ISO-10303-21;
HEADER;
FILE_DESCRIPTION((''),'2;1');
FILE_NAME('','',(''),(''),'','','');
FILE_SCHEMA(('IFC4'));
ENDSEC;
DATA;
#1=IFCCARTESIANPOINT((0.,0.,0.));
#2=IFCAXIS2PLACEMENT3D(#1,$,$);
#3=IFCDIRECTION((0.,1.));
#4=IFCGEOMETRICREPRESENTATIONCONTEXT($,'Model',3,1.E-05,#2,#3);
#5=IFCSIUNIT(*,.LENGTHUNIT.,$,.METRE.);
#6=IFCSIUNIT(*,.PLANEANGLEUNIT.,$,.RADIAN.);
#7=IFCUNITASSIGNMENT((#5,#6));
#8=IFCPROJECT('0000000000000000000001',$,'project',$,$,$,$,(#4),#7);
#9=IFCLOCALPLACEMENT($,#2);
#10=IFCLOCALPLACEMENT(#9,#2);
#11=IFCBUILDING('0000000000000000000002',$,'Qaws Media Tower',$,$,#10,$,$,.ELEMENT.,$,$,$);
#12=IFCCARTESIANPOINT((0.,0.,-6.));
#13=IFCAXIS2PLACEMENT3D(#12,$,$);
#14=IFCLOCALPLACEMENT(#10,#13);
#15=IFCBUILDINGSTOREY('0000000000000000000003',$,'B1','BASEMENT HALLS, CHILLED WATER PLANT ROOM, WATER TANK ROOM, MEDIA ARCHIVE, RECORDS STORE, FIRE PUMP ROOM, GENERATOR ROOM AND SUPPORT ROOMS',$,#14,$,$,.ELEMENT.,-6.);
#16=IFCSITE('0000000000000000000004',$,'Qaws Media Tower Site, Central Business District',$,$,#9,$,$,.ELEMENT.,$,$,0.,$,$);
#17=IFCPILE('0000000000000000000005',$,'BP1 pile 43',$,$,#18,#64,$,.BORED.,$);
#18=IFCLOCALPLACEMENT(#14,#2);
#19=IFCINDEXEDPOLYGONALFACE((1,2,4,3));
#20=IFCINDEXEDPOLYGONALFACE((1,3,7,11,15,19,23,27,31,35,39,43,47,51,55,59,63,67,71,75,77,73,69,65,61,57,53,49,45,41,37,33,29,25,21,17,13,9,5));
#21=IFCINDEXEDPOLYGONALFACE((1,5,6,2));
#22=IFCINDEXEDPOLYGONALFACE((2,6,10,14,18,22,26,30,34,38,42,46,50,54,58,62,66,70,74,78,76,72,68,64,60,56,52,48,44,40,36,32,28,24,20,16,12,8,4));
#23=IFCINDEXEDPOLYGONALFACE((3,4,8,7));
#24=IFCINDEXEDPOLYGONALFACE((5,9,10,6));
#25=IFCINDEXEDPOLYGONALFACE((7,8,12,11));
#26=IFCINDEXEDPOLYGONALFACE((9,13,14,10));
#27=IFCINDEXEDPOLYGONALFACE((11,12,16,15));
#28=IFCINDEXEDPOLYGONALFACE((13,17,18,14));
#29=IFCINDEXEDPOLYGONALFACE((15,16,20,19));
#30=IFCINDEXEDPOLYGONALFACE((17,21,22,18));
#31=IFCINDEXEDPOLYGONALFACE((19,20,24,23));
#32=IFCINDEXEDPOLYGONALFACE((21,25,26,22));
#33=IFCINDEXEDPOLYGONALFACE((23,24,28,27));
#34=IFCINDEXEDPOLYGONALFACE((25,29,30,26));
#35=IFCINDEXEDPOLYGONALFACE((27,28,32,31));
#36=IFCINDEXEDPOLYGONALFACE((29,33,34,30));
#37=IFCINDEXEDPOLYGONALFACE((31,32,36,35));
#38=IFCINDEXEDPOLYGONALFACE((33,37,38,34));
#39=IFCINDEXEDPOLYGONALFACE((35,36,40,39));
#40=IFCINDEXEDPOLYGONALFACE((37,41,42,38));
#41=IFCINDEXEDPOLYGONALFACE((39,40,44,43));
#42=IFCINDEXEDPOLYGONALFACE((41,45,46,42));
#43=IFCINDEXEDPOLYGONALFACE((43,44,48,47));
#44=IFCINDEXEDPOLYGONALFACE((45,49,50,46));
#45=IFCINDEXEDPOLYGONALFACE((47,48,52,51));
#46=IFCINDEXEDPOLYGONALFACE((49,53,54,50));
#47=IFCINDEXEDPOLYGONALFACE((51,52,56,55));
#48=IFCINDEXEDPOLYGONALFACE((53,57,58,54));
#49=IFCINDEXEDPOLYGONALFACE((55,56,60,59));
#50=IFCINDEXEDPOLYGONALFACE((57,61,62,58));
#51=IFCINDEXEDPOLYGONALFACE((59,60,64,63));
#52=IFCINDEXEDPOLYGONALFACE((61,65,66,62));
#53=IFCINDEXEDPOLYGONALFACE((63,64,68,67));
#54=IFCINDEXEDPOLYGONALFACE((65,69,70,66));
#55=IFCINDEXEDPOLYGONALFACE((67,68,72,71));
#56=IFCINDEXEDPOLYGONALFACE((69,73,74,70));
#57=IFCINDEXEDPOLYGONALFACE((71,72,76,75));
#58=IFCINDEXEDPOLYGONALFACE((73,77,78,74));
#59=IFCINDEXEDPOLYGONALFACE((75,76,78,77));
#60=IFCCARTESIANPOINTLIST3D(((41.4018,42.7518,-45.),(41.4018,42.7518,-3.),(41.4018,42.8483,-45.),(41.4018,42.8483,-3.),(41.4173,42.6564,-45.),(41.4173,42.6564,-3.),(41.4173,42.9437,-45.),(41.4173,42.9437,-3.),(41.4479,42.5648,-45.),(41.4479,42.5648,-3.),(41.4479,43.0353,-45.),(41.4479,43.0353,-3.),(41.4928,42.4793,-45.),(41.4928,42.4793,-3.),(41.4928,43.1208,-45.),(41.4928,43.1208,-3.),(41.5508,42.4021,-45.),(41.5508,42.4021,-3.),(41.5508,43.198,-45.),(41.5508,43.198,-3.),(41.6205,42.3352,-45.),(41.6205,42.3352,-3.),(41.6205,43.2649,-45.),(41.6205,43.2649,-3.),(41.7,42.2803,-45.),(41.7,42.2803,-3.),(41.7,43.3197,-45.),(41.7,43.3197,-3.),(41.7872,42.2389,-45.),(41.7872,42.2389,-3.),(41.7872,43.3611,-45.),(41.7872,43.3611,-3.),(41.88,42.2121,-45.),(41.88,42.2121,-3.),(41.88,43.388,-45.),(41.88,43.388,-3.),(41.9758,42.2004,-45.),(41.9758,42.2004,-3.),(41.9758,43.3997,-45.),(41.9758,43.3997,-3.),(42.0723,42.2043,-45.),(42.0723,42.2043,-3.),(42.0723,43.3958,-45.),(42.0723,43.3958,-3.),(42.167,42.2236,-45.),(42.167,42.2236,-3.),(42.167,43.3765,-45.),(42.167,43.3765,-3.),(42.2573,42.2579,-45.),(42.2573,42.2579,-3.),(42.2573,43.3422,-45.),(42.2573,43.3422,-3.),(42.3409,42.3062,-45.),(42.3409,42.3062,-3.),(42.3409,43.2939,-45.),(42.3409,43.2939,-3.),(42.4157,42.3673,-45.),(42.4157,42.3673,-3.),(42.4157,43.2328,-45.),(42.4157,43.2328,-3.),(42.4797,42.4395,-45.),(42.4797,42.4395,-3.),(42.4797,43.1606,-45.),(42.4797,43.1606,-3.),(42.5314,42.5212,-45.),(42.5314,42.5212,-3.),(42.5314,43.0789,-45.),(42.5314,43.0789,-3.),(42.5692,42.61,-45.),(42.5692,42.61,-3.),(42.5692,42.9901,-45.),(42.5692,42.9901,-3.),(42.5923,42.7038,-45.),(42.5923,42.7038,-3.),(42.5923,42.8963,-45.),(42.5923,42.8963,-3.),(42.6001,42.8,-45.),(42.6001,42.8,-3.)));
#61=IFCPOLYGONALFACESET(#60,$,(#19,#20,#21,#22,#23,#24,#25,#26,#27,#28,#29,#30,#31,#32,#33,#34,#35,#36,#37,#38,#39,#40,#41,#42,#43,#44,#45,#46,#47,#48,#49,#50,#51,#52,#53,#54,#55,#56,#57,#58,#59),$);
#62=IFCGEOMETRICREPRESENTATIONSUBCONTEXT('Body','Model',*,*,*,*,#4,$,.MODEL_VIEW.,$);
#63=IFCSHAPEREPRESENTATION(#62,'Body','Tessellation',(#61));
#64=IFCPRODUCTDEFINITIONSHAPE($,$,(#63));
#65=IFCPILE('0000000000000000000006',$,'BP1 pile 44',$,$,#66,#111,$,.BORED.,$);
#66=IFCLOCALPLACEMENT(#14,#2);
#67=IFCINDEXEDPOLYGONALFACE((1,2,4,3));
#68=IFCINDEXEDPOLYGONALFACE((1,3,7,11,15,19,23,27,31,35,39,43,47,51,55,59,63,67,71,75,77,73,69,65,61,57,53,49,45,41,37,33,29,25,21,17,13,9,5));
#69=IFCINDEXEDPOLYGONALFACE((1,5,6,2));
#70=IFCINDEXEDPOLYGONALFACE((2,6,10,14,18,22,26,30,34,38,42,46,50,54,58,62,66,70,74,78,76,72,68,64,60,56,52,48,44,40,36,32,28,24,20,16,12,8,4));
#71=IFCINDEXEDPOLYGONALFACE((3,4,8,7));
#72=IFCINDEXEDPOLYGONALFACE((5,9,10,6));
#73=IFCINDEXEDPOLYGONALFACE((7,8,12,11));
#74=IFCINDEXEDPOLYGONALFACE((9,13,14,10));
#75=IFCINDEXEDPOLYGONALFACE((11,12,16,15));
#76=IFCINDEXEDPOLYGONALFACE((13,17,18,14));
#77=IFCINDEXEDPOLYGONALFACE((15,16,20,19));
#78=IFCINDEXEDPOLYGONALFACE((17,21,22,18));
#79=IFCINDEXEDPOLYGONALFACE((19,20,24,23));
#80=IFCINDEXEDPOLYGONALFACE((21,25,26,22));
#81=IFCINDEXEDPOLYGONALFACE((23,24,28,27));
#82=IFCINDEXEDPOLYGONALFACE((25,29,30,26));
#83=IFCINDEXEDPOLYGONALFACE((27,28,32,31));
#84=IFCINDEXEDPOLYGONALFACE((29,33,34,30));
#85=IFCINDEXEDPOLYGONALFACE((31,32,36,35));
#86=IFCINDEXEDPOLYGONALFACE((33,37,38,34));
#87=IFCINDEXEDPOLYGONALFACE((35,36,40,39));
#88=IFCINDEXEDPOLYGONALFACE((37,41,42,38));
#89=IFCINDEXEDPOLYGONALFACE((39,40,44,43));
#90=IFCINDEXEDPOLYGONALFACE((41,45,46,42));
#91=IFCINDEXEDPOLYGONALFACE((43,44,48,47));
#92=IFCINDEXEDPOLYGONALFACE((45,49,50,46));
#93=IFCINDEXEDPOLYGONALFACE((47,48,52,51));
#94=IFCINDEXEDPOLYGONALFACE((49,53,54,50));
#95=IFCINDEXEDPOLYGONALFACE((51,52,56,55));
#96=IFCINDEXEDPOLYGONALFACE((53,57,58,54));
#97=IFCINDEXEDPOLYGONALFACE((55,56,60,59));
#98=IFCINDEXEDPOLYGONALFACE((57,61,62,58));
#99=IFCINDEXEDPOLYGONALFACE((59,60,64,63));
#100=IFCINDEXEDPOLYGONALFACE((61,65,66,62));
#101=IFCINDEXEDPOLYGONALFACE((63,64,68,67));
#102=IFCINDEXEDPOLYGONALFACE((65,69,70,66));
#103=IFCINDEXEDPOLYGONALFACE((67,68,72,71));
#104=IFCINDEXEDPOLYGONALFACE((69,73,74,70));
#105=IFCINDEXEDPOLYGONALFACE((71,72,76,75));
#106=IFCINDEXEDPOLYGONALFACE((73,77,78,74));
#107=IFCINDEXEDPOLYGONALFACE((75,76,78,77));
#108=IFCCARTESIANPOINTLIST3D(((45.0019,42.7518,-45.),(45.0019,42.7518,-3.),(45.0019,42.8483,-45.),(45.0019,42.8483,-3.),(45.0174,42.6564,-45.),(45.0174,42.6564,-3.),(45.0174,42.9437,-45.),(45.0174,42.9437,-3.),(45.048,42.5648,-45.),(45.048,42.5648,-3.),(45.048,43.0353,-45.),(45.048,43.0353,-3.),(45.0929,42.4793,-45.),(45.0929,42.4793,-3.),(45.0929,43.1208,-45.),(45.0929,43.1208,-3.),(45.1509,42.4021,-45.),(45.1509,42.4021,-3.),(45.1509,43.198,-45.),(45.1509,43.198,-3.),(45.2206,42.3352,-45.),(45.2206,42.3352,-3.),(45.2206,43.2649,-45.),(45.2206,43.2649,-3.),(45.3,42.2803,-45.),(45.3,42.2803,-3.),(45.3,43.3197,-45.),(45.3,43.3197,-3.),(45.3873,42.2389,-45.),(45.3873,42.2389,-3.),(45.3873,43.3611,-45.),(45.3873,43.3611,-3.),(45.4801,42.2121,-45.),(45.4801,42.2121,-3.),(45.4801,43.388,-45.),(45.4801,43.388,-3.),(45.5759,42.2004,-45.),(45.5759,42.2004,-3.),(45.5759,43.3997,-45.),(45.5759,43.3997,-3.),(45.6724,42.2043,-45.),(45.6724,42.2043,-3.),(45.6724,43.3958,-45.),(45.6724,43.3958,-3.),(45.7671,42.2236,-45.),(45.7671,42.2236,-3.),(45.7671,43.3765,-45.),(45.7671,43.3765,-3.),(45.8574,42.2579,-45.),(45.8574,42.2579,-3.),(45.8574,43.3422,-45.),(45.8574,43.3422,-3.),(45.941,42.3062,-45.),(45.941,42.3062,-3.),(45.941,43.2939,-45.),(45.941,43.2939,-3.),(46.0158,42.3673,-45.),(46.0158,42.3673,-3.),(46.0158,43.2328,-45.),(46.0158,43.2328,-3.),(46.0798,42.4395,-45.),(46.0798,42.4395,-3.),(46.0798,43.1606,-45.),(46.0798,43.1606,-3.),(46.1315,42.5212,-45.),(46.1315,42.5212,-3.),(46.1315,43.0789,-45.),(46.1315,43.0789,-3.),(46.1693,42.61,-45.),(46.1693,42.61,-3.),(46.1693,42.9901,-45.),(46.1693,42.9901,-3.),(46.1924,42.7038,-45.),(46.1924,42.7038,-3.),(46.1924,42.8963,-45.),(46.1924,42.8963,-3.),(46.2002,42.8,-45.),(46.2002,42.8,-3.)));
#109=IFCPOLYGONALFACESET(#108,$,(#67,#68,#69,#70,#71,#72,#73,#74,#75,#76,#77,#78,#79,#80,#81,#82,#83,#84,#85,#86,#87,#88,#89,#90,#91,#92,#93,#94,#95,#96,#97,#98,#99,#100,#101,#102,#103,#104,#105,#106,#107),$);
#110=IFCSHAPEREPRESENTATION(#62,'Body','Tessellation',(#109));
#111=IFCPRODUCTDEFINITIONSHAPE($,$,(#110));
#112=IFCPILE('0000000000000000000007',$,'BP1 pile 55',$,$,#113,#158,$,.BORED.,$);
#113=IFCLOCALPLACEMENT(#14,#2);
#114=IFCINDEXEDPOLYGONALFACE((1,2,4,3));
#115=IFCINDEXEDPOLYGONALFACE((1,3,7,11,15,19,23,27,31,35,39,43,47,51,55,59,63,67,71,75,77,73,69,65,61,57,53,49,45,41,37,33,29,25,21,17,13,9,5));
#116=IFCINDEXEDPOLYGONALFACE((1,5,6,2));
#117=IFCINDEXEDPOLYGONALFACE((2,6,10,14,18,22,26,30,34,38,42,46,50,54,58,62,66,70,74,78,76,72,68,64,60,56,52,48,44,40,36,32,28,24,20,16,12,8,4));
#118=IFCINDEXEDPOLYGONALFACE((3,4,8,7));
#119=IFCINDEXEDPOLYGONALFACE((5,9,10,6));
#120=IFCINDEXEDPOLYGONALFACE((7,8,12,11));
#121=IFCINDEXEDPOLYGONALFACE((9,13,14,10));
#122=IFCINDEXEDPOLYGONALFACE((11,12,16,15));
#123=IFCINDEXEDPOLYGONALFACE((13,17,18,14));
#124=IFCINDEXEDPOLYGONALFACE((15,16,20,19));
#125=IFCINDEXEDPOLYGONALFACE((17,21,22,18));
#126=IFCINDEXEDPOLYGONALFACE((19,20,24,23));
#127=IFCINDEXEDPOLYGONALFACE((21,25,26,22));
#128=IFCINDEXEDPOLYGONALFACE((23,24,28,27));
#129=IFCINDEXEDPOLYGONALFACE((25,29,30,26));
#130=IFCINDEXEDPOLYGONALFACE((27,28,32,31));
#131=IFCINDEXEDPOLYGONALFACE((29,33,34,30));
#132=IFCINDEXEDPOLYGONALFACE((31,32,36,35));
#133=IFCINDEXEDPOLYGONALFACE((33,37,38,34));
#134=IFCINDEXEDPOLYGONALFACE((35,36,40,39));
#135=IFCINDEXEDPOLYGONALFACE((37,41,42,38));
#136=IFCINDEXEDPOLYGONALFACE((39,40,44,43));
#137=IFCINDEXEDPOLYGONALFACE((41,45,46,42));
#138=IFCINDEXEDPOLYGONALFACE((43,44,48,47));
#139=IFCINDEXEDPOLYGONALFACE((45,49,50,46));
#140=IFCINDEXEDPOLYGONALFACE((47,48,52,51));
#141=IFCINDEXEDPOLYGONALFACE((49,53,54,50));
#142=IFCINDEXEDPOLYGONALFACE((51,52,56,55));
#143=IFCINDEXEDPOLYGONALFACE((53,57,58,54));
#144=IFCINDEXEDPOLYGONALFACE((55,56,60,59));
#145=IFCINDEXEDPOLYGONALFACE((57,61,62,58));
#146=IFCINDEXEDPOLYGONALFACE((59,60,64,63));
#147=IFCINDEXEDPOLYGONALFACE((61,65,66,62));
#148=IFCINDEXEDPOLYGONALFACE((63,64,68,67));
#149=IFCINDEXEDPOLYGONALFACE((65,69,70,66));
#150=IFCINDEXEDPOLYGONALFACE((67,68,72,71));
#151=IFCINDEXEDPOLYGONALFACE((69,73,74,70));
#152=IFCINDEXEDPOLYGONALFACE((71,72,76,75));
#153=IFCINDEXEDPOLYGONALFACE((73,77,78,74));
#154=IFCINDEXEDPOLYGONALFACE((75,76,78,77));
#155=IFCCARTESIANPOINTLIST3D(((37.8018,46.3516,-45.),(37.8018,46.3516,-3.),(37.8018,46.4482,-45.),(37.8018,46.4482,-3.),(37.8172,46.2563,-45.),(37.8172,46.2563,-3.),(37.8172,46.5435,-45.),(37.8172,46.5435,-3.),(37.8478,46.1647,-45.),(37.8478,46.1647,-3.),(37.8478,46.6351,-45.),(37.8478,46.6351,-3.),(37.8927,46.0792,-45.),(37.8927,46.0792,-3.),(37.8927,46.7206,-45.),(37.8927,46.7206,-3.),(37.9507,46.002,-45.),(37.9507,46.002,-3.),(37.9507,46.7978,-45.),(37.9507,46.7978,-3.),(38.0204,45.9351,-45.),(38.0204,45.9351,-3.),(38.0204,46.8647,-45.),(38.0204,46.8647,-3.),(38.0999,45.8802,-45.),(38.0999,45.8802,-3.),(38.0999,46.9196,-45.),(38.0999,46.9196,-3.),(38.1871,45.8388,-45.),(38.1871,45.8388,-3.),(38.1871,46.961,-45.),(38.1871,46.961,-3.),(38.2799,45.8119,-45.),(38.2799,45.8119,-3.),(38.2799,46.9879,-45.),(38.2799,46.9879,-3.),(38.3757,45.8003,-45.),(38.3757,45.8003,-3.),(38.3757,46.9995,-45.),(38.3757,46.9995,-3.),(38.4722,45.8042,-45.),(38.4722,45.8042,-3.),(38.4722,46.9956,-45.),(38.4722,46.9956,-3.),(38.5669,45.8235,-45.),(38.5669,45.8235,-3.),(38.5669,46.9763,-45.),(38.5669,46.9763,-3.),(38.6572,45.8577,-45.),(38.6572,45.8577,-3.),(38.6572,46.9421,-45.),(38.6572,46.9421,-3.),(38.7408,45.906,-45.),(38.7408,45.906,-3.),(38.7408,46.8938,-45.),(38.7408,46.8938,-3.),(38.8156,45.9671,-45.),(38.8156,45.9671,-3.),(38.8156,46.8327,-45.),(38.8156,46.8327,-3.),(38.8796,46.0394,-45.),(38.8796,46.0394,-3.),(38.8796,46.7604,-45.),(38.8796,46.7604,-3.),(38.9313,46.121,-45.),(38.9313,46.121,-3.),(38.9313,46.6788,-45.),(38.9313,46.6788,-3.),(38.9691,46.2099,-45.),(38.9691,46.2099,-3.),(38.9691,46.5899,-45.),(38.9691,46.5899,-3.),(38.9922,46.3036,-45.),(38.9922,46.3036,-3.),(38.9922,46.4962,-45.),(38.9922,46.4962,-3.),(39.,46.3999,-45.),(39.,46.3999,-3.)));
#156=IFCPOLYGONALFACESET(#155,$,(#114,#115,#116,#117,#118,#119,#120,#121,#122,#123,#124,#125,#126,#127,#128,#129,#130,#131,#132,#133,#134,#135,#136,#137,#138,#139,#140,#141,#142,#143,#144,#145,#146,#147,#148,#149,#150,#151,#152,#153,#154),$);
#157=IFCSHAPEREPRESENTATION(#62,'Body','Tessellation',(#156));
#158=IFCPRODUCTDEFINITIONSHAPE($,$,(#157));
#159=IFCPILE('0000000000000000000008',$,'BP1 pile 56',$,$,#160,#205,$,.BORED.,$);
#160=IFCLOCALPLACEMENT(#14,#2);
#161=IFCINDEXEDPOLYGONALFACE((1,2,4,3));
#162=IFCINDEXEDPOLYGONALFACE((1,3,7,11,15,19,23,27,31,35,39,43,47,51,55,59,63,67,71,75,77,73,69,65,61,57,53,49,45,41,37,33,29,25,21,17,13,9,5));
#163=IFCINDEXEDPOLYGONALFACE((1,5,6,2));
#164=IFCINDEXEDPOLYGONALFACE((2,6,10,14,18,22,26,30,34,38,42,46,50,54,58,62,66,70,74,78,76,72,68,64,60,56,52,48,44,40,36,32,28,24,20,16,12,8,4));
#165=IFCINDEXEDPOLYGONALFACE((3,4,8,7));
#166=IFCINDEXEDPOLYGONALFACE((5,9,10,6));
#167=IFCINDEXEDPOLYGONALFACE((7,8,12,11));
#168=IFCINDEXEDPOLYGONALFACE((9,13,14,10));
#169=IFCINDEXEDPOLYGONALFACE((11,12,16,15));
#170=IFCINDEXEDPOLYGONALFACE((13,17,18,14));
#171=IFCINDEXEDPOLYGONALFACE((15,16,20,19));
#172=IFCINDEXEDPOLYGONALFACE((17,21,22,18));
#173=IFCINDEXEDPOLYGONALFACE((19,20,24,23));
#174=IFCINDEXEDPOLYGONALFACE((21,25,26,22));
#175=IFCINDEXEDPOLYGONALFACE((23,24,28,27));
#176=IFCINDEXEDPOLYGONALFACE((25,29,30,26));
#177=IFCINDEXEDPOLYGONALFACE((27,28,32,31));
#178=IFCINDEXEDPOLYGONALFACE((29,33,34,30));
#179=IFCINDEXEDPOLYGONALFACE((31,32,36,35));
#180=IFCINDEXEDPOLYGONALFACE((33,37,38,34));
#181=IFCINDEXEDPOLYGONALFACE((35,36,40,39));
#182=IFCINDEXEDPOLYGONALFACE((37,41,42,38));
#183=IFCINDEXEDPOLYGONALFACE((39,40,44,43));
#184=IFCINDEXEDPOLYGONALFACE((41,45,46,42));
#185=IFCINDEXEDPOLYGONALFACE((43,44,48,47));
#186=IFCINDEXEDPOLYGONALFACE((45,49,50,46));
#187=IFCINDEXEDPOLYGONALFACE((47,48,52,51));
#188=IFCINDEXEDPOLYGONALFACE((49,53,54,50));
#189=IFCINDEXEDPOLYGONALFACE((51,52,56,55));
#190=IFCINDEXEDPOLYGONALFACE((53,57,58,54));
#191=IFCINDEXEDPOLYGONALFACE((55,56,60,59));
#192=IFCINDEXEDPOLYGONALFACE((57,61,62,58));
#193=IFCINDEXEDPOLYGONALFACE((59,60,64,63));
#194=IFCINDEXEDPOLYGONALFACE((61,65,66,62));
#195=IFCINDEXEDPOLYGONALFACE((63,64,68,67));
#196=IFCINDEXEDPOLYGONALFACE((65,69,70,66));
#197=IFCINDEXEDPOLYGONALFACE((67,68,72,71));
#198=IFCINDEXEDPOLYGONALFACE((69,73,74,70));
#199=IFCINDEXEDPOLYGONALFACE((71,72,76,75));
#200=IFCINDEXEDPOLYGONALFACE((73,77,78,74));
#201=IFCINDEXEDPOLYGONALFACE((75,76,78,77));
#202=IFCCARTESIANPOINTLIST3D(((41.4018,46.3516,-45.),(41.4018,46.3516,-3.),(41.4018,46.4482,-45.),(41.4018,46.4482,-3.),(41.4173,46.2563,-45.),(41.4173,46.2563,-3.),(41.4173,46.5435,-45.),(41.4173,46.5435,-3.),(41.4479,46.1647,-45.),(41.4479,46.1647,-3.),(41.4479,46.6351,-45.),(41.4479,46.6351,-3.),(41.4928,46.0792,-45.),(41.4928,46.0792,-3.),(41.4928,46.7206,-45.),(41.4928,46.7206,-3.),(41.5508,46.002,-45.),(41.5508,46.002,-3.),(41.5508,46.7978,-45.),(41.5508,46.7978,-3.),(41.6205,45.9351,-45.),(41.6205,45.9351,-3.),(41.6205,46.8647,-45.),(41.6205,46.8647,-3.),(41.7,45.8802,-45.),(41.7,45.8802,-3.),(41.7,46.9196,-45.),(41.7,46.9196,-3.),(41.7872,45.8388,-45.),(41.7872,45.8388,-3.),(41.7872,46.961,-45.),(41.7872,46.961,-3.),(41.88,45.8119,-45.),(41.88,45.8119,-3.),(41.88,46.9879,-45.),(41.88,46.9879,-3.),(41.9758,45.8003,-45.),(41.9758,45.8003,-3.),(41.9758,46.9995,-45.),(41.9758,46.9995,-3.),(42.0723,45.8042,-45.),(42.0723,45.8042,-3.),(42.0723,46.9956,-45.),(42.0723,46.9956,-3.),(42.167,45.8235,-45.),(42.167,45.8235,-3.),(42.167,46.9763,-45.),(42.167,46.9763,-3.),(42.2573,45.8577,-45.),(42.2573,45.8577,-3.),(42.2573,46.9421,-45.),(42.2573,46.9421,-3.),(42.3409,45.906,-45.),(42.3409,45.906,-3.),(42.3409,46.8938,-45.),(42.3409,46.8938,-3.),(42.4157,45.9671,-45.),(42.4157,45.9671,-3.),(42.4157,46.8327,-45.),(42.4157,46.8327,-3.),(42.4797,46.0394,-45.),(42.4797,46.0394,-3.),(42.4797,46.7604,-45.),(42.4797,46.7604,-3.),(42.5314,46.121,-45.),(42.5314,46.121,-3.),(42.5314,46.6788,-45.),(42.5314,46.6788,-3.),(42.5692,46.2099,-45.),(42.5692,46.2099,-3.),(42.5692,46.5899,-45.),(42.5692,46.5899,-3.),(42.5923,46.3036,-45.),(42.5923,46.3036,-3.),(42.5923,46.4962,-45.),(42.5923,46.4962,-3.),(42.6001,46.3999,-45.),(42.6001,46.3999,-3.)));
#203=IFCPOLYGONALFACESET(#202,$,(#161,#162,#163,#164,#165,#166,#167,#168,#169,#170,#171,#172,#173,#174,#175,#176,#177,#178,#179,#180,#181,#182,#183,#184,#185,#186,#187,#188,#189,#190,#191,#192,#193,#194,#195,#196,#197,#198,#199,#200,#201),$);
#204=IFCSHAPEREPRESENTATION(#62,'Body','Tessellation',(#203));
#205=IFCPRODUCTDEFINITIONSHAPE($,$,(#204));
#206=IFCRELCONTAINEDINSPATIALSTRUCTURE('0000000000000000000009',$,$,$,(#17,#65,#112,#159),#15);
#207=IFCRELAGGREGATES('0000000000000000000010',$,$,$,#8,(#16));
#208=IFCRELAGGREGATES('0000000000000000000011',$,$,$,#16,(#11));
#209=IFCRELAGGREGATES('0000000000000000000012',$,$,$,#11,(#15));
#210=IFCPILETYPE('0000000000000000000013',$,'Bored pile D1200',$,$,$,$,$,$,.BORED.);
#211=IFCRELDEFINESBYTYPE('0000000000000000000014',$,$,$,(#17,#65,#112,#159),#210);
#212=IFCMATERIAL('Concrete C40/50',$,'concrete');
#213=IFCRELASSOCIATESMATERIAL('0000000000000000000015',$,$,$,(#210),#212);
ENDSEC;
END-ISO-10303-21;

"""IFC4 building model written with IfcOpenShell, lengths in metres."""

from ifc_helpers import new_model, si_unit, direction, frame, origin, origin_2d, place, context, subcontext, project, spatial, circle, extrude, material, material_profile, profile_set, type_object, element, save


model = new_model("IFC4")

# Units and contexts
model_context = context("Model", 3, precision=1e-05, world=origin(), true_north=direction((0.0, 1.0)))
body_context = subcontext(model_context, "Body", "Model", "MODEL_VIEW")
ifc_project = project(units=[si_unit("LENGTHUNIT", "METRE"), si_unit("PLANEANGLEUNIT", "RADIAN")], contexts=[model_context])

# Site, building, storey
site_placement = place(None, origin())
site = spatial("IfcSite", under=ifc_project, at=site_placement, Name="Qaws Media Tower Site, Central Business District", CompositionType="ELEMENT", RefElevation=0.0)
building_placement = place(site_placement, origin())
building = spatial("IfcBuilding", under=site, at=building_placement, Name="Qaws Media Tower", CompositionType="ELEMENT")
storey_placement = place(building_placement, frame((0.0, 0.0, -6.0)))
storey = spatial("IfcBuildingStorey", under=building, at=storey_placement, Name="B1", Description="BASEMENT HALLS, CHILLED WATER PLANT ROOM, WATER TANK ROOM, MEDIA ARCHIVE, RECORDS STORE, FIRE PUMP ROOM, GENERATOR ROOM AND SUPPORT ROOMS", CompositionType="ELEMENT", Elevation=-6.0)

# Piles
ifc_material_1 = material(Name="Concrete C40/50", Category="concrete")
ifc_material_profile_1 = material_profile(ifc_material_1, circle(Radius=0.6001, at=origin_2d()), Name="D1200")
ifc_profile_set_1 = profile_set([ifc_material_profile_1], Name="Concrete C40/50")
pile_type_1 = type_object("IfcPileType", Name="Bored pile D1200", PredefinedType="BORED", material=ifc_profile_set_1)
for number, where, z_axis, x_axis, name in (
    (1, (42.0, 42.8, -3.0), (0.0, 0.0, -1.0), (1.0, 0.0, 0.0), "BP1 pile 43"),
    (2, (45.6001, 42.8, -3.0), (0.0, 0.0, -1.0), (1.0, 0.0, 0.0), "BP1 pile 44"),
    (3, (38.3999, 46.3999, -3.0), (0.0, 0.0, -1.0), (1.0, 0.0, 0.0), "BP1 pile 55"),
    (4, (42.0, 46.3999, -3.0), (0.0, 0.0, -1.0), (1.0, 0.0, 0.0), "BP1 pile 56"),
):
    element("IfcPile", number, at=place(storey_placement, frame(where, z_axis=z_axis, x_axis=x_axis)), inside=storey, type_object=pile_type_1, Name=name, PredefinedType="BORED", context=body_context, shape_type="SweptSolid", body=[
        extrude(circle(Radius=0.6001, at=origin_2d()), origin(), (0.0, 0.0, 1.0), 42.0),
    ])

save(model, "model.ifc")
